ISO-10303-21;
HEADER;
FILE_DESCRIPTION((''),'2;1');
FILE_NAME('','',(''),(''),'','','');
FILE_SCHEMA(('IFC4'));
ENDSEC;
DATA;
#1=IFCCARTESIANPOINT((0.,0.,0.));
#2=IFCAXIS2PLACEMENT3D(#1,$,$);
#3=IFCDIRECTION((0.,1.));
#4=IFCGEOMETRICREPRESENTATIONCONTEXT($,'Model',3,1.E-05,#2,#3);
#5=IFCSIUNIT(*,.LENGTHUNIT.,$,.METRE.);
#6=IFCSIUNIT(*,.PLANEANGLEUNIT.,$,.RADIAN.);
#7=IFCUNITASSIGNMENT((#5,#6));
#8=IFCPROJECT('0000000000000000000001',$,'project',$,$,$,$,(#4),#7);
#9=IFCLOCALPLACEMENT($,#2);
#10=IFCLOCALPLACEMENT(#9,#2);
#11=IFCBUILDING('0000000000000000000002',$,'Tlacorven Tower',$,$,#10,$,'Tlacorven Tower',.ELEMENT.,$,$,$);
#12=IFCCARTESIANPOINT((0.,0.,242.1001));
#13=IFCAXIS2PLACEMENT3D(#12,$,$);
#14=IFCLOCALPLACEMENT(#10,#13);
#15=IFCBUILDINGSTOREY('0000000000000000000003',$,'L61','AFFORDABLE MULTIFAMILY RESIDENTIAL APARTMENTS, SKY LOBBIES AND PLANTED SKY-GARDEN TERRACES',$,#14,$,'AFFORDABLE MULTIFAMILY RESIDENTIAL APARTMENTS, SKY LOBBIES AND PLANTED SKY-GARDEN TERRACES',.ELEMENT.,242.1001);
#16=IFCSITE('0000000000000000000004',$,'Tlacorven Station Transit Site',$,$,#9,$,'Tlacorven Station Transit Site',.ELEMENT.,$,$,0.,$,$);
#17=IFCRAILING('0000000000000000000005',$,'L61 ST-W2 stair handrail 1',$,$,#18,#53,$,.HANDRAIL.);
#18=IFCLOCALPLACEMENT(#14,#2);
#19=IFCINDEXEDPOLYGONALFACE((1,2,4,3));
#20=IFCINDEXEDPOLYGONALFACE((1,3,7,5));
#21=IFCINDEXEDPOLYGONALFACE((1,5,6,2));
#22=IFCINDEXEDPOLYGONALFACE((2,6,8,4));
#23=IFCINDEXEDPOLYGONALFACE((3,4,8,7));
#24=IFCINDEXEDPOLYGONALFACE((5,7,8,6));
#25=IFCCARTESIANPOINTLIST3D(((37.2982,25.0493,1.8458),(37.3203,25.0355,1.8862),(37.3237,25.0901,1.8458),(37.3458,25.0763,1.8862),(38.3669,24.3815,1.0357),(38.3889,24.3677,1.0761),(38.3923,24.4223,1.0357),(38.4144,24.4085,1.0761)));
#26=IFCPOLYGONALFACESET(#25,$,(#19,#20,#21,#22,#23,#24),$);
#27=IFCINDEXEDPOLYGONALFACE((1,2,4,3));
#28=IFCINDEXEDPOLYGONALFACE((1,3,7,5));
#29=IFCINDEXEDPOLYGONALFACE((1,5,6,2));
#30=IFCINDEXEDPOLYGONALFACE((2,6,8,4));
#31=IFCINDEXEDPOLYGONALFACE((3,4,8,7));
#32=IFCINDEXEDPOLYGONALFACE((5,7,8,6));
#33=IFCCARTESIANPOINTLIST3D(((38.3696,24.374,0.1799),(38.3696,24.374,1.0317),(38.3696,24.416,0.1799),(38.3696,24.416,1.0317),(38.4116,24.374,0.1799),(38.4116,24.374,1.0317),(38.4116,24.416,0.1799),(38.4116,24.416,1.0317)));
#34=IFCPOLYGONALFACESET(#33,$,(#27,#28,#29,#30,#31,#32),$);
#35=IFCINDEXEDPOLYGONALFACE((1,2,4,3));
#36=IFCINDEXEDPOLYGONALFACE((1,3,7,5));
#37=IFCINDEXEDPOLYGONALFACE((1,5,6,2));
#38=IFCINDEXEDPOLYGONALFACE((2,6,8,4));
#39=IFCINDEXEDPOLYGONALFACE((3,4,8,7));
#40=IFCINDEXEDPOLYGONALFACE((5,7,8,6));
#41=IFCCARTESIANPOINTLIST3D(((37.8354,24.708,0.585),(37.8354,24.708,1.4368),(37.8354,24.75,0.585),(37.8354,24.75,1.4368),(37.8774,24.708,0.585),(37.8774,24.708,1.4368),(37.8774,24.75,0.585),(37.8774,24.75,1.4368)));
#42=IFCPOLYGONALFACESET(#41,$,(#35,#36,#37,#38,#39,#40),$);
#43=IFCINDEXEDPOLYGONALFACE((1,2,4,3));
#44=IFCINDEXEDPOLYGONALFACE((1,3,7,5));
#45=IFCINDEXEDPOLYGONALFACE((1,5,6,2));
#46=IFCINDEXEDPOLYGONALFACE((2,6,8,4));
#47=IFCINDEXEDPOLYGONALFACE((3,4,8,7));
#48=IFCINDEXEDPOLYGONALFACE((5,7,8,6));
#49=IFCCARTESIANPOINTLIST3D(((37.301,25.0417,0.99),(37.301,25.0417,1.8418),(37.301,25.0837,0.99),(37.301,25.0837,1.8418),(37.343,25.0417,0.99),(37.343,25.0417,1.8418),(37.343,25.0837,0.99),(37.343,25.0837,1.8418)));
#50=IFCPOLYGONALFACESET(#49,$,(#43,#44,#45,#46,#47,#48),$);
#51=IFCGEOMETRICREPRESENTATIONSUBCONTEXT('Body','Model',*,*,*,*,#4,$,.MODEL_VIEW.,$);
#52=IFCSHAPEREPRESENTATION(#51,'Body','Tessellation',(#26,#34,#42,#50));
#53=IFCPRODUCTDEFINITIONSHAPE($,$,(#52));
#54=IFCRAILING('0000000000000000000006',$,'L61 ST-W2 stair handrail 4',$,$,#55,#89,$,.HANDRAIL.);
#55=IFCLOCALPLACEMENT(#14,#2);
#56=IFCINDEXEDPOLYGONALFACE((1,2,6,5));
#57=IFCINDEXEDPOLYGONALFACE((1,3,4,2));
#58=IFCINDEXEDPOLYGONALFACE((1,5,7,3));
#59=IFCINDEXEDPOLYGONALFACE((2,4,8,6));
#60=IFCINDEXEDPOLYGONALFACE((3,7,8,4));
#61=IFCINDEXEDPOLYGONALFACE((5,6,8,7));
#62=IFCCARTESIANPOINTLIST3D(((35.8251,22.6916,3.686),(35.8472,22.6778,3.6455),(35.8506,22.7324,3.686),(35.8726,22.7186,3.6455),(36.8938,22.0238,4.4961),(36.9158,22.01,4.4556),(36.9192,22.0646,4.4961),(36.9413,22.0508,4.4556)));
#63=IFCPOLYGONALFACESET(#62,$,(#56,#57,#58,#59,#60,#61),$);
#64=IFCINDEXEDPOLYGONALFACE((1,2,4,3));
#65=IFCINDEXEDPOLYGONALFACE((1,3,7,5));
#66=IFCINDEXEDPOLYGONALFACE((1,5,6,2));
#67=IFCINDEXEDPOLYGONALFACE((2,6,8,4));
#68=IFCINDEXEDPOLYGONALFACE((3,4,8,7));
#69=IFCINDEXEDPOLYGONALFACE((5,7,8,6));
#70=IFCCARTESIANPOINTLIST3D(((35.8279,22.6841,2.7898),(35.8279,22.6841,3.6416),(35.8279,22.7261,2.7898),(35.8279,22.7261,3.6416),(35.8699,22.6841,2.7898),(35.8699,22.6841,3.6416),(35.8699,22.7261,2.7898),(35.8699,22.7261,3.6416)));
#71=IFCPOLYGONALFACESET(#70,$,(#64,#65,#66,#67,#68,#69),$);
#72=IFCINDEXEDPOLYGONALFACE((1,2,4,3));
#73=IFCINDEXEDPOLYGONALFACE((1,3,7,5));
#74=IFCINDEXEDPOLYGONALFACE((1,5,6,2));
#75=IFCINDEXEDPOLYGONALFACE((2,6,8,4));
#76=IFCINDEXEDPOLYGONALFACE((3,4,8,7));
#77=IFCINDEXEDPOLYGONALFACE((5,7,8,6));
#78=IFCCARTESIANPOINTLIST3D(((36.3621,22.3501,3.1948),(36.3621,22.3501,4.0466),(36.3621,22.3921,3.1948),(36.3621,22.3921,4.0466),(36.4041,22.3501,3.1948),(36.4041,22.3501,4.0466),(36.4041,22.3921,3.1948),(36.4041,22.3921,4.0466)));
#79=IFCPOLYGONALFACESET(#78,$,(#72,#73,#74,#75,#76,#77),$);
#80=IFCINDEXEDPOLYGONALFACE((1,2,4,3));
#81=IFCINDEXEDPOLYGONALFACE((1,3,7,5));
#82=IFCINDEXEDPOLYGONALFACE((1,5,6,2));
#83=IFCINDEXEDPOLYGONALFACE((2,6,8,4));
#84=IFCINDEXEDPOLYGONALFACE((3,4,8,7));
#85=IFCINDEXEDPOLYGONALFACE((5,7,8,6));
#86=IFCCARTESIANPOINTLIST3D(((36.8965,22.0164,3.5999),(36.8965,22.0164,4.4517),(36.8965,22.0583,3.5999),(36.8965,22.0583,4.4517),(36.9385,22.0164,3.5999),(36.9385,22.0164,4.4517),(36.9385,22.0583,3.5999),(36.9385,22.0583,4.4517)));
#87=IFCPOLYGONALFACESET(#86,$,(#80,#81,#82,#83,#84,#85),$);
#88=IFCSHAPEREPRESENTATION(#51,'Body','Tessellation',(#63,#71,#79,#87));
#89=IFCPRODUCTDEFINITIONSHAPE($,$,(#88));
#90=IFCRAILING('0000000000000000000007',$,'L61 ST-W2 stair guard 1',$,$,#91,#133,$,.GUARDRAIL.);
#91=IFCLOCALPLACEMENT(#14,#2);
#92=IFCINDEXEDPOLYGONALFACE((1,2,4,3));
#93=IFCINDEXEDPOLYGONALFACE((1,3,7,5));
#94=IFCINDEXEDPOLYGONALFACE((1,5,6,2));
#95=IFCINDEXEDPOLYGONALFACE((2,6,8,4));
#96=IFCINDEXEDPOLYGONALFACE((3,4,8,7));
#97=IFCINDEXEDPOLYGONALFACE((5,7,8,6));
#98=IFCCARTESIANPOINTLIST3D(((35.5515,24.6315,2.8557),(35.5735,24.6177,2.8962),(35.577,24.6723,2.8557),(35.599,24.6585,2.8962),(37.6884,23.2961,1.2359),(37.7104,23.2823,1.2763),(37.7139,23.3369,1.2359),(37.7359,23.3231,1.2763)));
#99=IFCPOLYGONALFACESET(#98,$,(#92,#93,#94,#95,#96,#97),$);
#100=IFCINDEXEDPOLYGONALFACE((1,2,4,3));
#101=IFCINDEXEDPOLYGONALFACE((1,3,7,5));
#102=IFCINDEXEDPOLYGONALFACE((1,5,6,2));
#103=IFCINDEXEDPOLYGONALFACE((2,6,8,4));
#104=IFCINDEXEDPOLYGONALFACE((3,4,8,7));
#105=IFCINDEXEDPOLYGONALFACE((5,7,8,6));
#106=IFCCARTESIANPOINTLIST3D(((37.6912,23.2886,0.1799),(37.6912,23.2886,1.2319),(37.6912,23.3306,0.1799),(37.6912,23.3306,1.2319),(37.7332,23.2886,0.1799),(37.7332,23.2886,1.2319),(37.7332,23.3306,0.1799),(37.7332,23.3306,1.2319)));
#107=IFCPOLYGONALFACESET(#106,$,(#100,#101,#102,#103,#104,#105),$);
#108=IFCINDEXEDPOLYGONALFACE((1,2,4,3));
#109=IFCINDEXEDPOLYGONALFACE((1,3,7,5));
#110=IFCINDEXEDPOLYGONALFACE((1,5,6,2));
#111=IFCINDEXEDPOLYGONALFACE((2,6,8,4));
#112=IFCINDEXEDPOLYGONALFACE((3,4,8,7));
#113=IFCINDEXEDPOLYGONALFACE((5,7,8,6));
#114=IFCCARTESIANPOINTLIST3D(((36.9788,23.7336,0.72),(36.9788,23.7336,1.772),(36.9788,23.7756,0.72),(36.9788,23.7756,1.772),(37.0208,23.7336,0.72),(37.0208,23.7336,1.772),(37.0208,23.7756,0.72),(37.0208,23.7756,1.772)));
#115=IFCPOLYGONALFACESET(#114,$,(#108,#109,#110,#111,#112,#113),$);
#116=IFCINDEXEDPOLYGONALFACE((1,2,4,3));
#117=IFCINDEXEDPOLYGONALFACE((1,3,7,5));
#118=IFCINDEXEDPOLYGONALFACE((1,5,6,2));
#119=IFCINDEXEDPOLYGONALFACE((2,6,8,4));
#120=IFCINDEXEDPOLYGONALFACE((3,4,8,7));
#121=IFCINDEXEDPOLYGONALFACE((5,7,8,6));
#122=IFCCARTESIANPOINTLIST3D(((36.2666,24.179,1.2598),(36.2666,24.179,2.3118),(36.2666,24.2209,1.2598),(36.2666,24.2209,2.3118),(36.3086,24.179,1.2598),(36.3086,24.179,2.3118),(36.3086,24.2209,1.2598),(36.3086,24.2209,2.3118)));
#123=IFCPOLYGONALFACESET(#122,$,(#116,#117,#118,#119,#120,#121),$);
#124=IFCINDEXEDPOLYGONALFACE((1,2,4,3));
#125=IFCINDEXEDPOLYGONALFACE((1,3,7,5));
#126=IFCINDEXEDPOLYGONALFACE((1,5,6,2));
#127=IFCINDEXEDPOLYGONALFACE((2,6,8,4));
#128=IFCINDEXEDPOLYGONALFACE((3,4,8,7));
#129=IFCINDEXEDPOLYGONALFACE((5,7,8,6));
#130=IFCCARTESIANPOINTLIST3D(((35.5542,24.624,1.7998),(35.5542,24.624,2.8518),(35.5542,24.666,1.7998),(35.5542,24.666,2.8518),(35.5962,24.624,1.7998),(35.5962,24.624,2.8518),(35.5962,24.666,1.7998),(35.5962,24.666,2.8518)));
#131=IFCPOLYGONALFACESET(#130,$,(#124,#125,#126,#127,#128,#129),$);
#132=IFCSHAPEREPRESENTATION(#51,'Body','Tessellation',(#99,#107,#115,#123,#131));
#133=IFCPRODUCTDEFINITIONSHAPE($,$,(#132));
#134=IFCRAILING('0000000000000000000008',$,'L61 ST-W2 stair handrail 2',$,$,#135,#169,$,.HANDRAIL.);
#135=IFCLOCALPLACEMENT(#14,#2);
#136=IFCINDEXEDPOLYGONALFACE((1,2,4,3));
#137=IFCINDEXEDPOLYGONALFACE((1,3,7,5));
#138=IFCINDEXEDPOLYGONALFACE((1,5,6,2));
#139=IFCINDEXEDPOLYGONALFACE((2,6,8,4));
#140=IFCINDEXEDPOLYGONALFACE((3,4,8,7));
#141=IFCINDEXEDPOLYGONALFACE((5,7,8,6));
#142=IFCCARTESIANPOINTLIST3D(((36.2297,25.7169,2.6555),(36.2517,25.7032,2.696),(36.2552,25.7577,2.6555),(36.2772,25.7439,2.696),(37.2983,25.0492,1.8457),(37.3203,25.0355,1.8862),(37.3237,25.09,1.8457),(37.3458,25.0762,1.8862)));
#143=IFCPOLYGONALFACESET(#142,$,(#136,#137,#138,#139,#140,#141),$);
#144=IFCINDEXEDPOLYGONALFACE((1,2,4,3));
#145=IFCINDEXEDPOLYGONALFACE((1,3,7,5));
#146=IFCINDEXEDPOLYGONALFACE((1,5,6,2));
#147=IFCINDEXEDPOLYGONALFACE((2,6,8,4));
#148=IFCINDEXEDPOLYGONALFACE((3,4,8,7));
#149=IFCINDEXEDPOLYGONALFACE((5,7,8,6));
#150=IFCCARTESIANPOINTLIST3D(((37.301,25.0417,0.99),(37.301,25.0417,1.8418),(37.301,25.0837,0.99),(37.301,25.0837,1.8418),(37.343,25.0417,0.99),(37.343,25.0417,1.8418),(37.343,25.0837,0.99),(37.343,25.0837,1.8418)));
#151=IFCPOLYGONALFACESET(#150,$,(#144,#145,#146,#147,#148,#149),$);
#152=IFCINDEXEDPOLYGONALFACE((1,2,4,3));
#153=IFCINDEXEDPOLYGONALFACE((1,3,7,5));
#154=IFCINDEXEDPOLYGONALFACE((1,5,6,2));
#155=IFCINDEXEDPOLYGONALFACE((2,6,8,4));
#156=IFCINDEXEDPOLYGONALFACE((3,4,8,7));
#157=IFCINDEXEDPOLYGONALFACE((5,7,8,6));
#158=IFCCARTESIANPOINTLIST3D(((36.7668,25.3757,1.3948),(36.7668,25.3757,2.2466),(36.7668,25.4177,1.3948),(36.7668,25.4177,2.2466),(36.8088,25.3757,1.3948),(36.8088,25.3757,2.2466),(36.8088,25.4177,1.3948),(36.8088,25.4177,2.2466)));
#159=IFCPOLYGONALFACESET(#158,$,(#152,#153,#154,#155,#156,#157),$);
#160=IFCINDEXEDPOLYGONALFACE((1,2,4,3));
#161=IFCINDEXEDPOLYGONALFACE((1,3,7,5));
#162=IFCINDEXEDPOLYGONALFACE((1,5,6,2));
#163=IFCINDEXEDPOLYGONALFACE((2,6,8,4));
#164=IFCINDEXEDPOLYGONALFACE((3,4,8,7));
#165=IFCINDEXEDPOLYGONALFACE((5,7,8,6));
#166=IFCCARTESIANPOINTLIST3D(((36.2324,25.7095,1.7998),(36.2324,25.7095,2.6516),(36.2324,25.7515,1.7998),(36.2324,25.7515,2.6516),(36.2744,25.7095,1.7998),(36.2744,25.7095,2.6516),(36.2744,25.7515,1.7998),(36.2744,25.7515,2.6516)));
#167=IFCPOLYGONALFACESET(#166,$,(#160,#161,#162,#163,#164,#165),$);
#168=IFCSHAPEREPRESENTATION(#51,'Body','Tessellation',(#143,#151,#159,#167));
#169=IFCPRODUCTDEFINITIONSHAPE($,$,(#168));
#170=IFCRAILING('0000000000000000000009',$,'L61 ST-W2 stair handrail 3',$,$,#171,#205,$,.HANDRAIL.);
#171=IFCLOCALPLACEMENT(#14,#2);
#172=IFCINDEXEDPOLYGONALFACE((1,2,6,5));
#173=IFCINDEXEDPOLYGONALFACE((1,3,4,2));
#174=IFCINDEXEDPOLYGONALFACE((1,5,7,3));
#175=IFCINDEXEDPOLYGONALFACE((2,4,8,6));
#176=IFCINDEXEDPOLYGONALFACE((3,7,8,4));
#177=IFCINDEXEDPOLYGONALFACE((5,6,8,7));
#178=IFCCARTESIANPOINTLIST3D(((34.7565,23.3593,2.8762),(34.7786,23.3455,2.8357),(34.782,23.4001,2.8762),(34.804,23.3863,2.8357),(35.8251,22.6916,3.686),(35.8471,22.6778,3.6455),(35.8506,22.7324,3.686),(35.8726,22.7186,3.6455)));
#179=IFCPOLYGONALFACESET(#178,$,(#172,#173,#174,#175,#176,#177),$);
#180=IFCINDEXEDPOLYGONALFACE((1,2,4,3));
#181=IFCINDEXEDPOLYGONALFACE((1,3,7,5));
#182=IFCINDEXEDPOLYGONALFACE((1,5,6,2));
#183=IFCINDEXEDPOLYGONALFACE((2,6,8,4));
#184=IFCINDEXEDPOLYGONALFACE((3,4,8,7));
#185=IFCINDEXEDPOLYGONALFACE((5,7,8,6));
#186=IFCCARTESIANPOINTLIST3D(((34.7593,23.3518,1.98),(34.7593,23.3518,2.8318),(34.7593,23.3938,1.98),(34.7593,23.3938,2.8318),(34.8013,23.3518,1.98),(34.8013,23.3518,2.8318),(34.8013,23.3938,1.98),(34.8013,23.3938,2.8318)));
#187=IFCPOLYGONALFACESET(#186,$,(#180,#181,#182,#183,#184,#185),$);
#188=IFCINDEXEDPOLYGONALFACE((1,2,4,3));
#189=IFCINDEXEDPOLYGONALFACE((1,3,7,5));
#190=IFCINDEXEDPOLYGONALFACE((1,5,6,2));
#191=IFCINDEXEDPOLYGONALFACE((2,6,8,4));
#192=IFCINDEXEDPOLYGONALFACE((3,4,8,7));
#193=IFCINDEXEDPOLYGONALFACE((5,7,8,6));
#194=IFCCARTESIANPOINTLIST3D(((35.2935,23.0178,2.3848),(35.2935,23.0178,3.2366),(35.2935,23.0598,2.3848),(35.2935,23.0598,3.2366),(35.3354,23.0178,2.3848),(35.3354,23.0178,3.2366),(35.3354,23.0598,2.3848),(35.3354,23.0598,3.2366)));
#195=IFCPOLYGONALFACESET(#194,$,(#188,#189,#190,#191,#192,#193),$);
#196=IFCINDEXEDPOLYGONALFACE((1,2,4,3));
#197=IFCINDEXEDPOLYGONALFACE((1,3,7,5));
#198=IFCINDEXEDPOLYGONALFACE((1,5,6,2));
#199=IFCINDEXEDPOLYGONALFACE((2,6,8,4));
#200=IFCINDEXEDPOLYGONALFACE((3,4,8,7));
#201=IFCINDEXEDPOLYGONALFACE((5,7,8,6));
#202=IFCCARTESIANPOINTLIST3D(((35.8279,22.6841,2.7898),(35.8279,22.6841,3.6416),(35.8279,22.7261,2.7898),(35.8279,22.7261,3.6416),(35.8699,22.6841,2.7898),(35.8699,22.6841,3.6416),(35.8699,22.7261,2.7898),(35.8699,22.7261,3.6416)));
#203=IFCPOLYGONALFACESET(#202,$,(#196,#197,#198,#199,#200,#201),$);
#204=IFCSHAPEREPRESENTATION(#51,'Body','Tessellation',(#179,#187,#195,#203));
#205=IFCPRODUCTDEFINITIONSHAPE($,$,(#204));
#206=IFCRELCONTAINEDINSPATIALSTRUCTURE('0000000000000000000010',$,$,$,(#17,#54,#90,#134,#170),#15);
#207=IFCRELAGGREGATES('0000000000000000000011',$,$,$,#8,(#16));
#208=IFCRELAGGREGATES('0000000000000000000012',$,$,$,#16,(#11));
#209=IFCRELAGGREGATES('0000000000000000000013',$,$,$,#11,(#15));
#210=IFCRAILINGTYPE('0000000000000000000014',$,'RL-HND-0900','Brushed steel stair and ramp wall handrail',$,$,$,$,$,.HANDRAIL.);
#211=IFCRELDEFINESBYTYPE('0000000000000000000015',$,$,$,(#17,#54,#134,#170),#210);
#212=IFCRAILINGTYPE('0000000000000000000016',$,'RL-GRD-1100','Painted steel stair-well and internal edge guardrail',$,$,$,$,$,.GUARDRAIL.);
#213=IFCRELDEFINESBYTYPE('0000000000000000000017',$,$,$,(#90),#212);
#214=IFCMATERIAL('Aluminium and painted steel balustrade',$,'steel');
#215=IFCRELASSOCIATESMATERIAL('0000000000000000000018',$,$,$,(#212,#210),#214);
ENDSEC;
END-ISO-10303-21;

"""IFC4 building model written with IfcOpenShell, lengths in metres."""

from ifc_helpers import new_model, si_unit, direction, frame, origin, origin_2d, place, context, subcontext, project, spatial, rectangle, extrude, source, transform, mapped, material, type_object, element, save


model = new_model("IFC4")

# Units and contexts
model_context = context("Model", 3, precision=1e-05, world=origin(), true_north=direction((0.0, 1.0)))
body_context = subcontext(model_context, "Body", "Model", "MODEL_VIEW")
ifc_project = project(units=[si_unit("LENGTHUNIT", "METRE"), si_unit("PLANEANGLEUNIT", "RADIAN")], contexts=[model_context])

# Site, building, storey
site_placement = place(None, origin())
site = spatial("IfcSite", under=ifc_project, at=site_placement, Name="Tlacorven Station Transit Site", LongName="Tlacorven Station Transit Site", CompositionType="ELEMENT", RefElevation=0.0)
building_placement = place(site_placement, origin())
building = spatial("IfcBuilding", under=site, at=building_placement, Name="Tlacorven Tower", LongName="Tlacorven Tower", CompositionType="ELEMENT")
storey_placement = place(building_placement, frame((0.0, 0.0, 242.1001)))
storey = spatial("IfcBuildingStorey", under=building, at=storey_placement, Name="L61", Description="AFFORDABLE MULTIFAMILY RESIDENTIAL APARTMENTS, SKY LOBBIES AND PLANTED SKY-GARDEN TERRACES", LongName="AFFORDABLE MULTIFAMILY RESIDENTIAL APARTMENTS, SKY LOBBIES AND PLANTED SKY-GARDEN TERRACES", CompositionType="ELEMENT", Elevation=242.1001)

# Railings
ifc_material_1 = material(Name="Aluminium and painted steel balustrade", Category="steel")
railing_type_1 = type_object("IfcRailingType", Name="RL-GRD-1100", Description="Painted steel stair-well and internal edge guardrail", PredefinedType="GUARDRAIL", material=ifc_material_1)
railing_type_2 = type_object("IfcRailingType", Name="RL-HND-0900", Description="Brushed steel stair and ramp wall handrail", PredefinedType="HANDRAIL", material=ifc_material_1)
shared_shape_1 = source(origin(), body_context, "Body", "SweptSolid", [
    extrude(rectangle(XDim=0.0481, YDim=0.0481, at=origin_2d()), frame((0.0, 0.0, 0.876), z_axis=(-0.71336, 0.445748, 0.540765), x_axis=(-0.529912, -0.848053, 0.0)), (0.0, 0.0, 1.0), 1.498),
    extrude(rectangle(XDim=0.042, YDim=0.042, at=origin_2d()), origin(), (0.0, 0.0, 1.0), 0.8518),
    extrude(rectangle(XDim=0.042, YDim=0.042, at=origin_2d()), frame((-0.5342, 0.334, 0.405)), (0.0, 0.0, 1.0), 0.8518),
    extrude(rectangle(XDim=0.042, YDim=0.042, at=origin_2d()), frame((-1.0686, 0.6677, 0.8101)), (0.0, 0.0, 1.0), 0.8518),
])
railing_1_placement = place(storey_placement, frame((38.3906, 24.395, 0.1799)))
element("IfcRailing", 1, at=railing_1_placement, inside=storey, type_object=railing_type_2, Name="L61 ST-W2 stair handrail 1", PredefinedType="HANDRAIL", context=body_context, shape_type="MappedRepresentation", body=[
    mapped(shared_shape_1, transform((0.0, 0.0, 0.0), scale=1.0)),
])
shared_shape_2 = source(origin(), body_context, "Body", "SweptSolid", [
    extrude(rectangle(XDim=0.0481, YDim=0.0481, at=origin_2d()), frame((0.0, 0.0, 0.876), z_axis=(0.71336, -0.445748, 0.540765), x_axis=(0.529912, 0.848053, 0.0)), (0.0, 0.0, 1.0), 1.498),
    extrude(rectangle(XDim=0.042, YDim=0.042, at=origin_2d()), origin(), (0.0, 0.0, 1.0), 0.8518),
    extrude(rectangle(XDim=0.042, YDim=0.042, at=origin_2d()), frame((0.5342, -0.334, 0.405)), (0.0, 0.0, 1.0), 0.8518),
    extrude(rectangle(XDim=0.042, YDim=0.042, at=origin_2d()), frame((1.0686, -0.6677, 0.8101)), (0.0, 0.0, 1.0), 0.8518),
])
railing_2_placement = place(storey_placement, frame((35.8489, 22.7051, 2.7898)))
element("IfcRailing", 2, at=railing_2_placement, inside=storey, type_object=railing_type_2, Name="L61 ST-W2 stair handrail 4", PredefinedType="HANDRAIL", context=body_context, shape_type="MappedRepresentation", body=[
    mapped(shared_shape_2, transform((0.0, 0.0, 0.0), scale=1.0)),
])
shared_shape_3 = source(origin(), body_context, "Body", "SweptSolid", [
    extrude(rectangle(XDim=0.0481, YDim=0.0481, at=origin_2d()), frame((0.0, 0.0, 1.0762), z_axis=(-0.713351, 0.445794, 0.540739), x_axis=(-0.529955, -0.848026, 0.0)), (0.0, 0.0, 1.0), 2.9956),
    extrude(rectangle(XDim=0.042, YDim=0.042, at=origin_2d()), origin(), (0.0, 0.0, 1.0), 1.052),
    extrude(rectangle(XDim=0.042, YDim=0.042, at=origin_2d()), frame((-0.7124, 0.4451, 0.54)), (0.0, 0.0, 1.0), 1.052),
    extrude(rectangle(XDim=0.042, YDim=0.042, at=origin_2d()), frame((-1.4246, 0.8904, 1.0798)), (0.0, 0.0, 1.0), 1.052),
    extrude(rectangle(XDim=0.042, YDim=0.042, at=origin_2d()), frame((-2.137, 1.3354, 1.6199)), (0.0, 0.0, 1.0), 1.052),
])
railing_3_placement = place(storey_placement, frame((37.7122, 23.3096, 0.1799)))
element("IfcRailing", 3, at=railing_3_placement, inside=storey, type_object=railing_type_1, Name="L61 ST-W2 stair guard 1", PredefinedType="GUARDRAIL", context=body_context, shape_type="MappedRepresentation", body=[
    mapped(shared_shape_3, transform((0.0, 0.0, 0.0), scale=1.0)),
])
shared_shape_4 = source(origin(), body_context, "Body", "SweptSolid", [
    extrude(rectangle(XDim=0.0481, YDim=0.0481, at=origin_2d()), frame((0.0, 0.0, 0.876), z_axis=(-0.713423, 0.445787, 0.540649), x_axis=(-0.529912, -0.848053, 0.0)), (0.0, 0.0, 1.0), 1.4978),
    extrude(rectangle(XDim=0.042, YDim=0.042, at=origin_2d()), origin(), (0.0, 0.0, 1.0), 0.8518),
    extrude(rectangle(XDim=0.042, YDim=0.042, at=origin_2d()), frame((-0.5342, 0.334, 0.4048)), (0.0, 0.0, 1.0), 0.8518),
    extrude(rectangle(XDim=0.042, YDim=0.042, at=origin_2d()), frame((-1.0686, 0.6677, 0.8098)), (0.0, 0.0, 1.0), 0.8518),
])
railing_4_placement = place(storey_placement, frame((37.322, 25.0627, 0.99)))
element("IfcRailing", 4, at=railing_4_placement, inside=storey, type_object=railing_type_2, Name="L61 ST-W2 stair handrail 2", PredefinedType="HANDRAIL", context=body_context, shape_type="MappedRepresentation", body=[
    mapped(shared_shape_4, transform((0.0, 0.0, 0.0), scale=1.0)),
])
shared_shape_5 = source(origin(), body_context, "Body", "SweptSolid", [
    extrude(rectangle(XDim=0.0481, YDim=0.0481, at=origin_2d()), frame((0.0, 0.0, 0.876), z_axis=(0.713423, -0.445787, 0.540649), x_axis=(0.529912, 0.848053, 0.0)), (0.0, 0.0, 1.0), 1.4978),
    extrude(rectangle(XDim=0.042, YDim=0.042, at=origin_2d()), origin(), (0.0, 0.0, 1.0), 0.8518),
    extrude(rectangle(XDim=0.042, YDim=0.042, at=origin_2d()), frame((0.5342, -0.334, 0.4048)), (0.0, 0.0, 1.0), 0.8518),
    extrude(rectangle(XDim=0.042, YDim=0.042, at=origin_2d()), frame((1.0686, -0.6677, 0.8098)), (0.0, 0.0, 1.0), 0.8518),
])
railing_5_placement = place(storey_placement, frame((34.7803, 23.3728, 1.98)))
element("IfcRailing", 5, at=railing_5_placement, inside=storey, type_object=railing_type_2, Name="L61 ST-W2 stair handrail 3", PredefinedType="HANDRAIL", context=body_context, shape_type="MappedRepresentation", body=[
    mapped(shared_shape_5, transform((0.0, 0.0, 0.0), scale=1.0)),
])

save(model, "model.ifc")
